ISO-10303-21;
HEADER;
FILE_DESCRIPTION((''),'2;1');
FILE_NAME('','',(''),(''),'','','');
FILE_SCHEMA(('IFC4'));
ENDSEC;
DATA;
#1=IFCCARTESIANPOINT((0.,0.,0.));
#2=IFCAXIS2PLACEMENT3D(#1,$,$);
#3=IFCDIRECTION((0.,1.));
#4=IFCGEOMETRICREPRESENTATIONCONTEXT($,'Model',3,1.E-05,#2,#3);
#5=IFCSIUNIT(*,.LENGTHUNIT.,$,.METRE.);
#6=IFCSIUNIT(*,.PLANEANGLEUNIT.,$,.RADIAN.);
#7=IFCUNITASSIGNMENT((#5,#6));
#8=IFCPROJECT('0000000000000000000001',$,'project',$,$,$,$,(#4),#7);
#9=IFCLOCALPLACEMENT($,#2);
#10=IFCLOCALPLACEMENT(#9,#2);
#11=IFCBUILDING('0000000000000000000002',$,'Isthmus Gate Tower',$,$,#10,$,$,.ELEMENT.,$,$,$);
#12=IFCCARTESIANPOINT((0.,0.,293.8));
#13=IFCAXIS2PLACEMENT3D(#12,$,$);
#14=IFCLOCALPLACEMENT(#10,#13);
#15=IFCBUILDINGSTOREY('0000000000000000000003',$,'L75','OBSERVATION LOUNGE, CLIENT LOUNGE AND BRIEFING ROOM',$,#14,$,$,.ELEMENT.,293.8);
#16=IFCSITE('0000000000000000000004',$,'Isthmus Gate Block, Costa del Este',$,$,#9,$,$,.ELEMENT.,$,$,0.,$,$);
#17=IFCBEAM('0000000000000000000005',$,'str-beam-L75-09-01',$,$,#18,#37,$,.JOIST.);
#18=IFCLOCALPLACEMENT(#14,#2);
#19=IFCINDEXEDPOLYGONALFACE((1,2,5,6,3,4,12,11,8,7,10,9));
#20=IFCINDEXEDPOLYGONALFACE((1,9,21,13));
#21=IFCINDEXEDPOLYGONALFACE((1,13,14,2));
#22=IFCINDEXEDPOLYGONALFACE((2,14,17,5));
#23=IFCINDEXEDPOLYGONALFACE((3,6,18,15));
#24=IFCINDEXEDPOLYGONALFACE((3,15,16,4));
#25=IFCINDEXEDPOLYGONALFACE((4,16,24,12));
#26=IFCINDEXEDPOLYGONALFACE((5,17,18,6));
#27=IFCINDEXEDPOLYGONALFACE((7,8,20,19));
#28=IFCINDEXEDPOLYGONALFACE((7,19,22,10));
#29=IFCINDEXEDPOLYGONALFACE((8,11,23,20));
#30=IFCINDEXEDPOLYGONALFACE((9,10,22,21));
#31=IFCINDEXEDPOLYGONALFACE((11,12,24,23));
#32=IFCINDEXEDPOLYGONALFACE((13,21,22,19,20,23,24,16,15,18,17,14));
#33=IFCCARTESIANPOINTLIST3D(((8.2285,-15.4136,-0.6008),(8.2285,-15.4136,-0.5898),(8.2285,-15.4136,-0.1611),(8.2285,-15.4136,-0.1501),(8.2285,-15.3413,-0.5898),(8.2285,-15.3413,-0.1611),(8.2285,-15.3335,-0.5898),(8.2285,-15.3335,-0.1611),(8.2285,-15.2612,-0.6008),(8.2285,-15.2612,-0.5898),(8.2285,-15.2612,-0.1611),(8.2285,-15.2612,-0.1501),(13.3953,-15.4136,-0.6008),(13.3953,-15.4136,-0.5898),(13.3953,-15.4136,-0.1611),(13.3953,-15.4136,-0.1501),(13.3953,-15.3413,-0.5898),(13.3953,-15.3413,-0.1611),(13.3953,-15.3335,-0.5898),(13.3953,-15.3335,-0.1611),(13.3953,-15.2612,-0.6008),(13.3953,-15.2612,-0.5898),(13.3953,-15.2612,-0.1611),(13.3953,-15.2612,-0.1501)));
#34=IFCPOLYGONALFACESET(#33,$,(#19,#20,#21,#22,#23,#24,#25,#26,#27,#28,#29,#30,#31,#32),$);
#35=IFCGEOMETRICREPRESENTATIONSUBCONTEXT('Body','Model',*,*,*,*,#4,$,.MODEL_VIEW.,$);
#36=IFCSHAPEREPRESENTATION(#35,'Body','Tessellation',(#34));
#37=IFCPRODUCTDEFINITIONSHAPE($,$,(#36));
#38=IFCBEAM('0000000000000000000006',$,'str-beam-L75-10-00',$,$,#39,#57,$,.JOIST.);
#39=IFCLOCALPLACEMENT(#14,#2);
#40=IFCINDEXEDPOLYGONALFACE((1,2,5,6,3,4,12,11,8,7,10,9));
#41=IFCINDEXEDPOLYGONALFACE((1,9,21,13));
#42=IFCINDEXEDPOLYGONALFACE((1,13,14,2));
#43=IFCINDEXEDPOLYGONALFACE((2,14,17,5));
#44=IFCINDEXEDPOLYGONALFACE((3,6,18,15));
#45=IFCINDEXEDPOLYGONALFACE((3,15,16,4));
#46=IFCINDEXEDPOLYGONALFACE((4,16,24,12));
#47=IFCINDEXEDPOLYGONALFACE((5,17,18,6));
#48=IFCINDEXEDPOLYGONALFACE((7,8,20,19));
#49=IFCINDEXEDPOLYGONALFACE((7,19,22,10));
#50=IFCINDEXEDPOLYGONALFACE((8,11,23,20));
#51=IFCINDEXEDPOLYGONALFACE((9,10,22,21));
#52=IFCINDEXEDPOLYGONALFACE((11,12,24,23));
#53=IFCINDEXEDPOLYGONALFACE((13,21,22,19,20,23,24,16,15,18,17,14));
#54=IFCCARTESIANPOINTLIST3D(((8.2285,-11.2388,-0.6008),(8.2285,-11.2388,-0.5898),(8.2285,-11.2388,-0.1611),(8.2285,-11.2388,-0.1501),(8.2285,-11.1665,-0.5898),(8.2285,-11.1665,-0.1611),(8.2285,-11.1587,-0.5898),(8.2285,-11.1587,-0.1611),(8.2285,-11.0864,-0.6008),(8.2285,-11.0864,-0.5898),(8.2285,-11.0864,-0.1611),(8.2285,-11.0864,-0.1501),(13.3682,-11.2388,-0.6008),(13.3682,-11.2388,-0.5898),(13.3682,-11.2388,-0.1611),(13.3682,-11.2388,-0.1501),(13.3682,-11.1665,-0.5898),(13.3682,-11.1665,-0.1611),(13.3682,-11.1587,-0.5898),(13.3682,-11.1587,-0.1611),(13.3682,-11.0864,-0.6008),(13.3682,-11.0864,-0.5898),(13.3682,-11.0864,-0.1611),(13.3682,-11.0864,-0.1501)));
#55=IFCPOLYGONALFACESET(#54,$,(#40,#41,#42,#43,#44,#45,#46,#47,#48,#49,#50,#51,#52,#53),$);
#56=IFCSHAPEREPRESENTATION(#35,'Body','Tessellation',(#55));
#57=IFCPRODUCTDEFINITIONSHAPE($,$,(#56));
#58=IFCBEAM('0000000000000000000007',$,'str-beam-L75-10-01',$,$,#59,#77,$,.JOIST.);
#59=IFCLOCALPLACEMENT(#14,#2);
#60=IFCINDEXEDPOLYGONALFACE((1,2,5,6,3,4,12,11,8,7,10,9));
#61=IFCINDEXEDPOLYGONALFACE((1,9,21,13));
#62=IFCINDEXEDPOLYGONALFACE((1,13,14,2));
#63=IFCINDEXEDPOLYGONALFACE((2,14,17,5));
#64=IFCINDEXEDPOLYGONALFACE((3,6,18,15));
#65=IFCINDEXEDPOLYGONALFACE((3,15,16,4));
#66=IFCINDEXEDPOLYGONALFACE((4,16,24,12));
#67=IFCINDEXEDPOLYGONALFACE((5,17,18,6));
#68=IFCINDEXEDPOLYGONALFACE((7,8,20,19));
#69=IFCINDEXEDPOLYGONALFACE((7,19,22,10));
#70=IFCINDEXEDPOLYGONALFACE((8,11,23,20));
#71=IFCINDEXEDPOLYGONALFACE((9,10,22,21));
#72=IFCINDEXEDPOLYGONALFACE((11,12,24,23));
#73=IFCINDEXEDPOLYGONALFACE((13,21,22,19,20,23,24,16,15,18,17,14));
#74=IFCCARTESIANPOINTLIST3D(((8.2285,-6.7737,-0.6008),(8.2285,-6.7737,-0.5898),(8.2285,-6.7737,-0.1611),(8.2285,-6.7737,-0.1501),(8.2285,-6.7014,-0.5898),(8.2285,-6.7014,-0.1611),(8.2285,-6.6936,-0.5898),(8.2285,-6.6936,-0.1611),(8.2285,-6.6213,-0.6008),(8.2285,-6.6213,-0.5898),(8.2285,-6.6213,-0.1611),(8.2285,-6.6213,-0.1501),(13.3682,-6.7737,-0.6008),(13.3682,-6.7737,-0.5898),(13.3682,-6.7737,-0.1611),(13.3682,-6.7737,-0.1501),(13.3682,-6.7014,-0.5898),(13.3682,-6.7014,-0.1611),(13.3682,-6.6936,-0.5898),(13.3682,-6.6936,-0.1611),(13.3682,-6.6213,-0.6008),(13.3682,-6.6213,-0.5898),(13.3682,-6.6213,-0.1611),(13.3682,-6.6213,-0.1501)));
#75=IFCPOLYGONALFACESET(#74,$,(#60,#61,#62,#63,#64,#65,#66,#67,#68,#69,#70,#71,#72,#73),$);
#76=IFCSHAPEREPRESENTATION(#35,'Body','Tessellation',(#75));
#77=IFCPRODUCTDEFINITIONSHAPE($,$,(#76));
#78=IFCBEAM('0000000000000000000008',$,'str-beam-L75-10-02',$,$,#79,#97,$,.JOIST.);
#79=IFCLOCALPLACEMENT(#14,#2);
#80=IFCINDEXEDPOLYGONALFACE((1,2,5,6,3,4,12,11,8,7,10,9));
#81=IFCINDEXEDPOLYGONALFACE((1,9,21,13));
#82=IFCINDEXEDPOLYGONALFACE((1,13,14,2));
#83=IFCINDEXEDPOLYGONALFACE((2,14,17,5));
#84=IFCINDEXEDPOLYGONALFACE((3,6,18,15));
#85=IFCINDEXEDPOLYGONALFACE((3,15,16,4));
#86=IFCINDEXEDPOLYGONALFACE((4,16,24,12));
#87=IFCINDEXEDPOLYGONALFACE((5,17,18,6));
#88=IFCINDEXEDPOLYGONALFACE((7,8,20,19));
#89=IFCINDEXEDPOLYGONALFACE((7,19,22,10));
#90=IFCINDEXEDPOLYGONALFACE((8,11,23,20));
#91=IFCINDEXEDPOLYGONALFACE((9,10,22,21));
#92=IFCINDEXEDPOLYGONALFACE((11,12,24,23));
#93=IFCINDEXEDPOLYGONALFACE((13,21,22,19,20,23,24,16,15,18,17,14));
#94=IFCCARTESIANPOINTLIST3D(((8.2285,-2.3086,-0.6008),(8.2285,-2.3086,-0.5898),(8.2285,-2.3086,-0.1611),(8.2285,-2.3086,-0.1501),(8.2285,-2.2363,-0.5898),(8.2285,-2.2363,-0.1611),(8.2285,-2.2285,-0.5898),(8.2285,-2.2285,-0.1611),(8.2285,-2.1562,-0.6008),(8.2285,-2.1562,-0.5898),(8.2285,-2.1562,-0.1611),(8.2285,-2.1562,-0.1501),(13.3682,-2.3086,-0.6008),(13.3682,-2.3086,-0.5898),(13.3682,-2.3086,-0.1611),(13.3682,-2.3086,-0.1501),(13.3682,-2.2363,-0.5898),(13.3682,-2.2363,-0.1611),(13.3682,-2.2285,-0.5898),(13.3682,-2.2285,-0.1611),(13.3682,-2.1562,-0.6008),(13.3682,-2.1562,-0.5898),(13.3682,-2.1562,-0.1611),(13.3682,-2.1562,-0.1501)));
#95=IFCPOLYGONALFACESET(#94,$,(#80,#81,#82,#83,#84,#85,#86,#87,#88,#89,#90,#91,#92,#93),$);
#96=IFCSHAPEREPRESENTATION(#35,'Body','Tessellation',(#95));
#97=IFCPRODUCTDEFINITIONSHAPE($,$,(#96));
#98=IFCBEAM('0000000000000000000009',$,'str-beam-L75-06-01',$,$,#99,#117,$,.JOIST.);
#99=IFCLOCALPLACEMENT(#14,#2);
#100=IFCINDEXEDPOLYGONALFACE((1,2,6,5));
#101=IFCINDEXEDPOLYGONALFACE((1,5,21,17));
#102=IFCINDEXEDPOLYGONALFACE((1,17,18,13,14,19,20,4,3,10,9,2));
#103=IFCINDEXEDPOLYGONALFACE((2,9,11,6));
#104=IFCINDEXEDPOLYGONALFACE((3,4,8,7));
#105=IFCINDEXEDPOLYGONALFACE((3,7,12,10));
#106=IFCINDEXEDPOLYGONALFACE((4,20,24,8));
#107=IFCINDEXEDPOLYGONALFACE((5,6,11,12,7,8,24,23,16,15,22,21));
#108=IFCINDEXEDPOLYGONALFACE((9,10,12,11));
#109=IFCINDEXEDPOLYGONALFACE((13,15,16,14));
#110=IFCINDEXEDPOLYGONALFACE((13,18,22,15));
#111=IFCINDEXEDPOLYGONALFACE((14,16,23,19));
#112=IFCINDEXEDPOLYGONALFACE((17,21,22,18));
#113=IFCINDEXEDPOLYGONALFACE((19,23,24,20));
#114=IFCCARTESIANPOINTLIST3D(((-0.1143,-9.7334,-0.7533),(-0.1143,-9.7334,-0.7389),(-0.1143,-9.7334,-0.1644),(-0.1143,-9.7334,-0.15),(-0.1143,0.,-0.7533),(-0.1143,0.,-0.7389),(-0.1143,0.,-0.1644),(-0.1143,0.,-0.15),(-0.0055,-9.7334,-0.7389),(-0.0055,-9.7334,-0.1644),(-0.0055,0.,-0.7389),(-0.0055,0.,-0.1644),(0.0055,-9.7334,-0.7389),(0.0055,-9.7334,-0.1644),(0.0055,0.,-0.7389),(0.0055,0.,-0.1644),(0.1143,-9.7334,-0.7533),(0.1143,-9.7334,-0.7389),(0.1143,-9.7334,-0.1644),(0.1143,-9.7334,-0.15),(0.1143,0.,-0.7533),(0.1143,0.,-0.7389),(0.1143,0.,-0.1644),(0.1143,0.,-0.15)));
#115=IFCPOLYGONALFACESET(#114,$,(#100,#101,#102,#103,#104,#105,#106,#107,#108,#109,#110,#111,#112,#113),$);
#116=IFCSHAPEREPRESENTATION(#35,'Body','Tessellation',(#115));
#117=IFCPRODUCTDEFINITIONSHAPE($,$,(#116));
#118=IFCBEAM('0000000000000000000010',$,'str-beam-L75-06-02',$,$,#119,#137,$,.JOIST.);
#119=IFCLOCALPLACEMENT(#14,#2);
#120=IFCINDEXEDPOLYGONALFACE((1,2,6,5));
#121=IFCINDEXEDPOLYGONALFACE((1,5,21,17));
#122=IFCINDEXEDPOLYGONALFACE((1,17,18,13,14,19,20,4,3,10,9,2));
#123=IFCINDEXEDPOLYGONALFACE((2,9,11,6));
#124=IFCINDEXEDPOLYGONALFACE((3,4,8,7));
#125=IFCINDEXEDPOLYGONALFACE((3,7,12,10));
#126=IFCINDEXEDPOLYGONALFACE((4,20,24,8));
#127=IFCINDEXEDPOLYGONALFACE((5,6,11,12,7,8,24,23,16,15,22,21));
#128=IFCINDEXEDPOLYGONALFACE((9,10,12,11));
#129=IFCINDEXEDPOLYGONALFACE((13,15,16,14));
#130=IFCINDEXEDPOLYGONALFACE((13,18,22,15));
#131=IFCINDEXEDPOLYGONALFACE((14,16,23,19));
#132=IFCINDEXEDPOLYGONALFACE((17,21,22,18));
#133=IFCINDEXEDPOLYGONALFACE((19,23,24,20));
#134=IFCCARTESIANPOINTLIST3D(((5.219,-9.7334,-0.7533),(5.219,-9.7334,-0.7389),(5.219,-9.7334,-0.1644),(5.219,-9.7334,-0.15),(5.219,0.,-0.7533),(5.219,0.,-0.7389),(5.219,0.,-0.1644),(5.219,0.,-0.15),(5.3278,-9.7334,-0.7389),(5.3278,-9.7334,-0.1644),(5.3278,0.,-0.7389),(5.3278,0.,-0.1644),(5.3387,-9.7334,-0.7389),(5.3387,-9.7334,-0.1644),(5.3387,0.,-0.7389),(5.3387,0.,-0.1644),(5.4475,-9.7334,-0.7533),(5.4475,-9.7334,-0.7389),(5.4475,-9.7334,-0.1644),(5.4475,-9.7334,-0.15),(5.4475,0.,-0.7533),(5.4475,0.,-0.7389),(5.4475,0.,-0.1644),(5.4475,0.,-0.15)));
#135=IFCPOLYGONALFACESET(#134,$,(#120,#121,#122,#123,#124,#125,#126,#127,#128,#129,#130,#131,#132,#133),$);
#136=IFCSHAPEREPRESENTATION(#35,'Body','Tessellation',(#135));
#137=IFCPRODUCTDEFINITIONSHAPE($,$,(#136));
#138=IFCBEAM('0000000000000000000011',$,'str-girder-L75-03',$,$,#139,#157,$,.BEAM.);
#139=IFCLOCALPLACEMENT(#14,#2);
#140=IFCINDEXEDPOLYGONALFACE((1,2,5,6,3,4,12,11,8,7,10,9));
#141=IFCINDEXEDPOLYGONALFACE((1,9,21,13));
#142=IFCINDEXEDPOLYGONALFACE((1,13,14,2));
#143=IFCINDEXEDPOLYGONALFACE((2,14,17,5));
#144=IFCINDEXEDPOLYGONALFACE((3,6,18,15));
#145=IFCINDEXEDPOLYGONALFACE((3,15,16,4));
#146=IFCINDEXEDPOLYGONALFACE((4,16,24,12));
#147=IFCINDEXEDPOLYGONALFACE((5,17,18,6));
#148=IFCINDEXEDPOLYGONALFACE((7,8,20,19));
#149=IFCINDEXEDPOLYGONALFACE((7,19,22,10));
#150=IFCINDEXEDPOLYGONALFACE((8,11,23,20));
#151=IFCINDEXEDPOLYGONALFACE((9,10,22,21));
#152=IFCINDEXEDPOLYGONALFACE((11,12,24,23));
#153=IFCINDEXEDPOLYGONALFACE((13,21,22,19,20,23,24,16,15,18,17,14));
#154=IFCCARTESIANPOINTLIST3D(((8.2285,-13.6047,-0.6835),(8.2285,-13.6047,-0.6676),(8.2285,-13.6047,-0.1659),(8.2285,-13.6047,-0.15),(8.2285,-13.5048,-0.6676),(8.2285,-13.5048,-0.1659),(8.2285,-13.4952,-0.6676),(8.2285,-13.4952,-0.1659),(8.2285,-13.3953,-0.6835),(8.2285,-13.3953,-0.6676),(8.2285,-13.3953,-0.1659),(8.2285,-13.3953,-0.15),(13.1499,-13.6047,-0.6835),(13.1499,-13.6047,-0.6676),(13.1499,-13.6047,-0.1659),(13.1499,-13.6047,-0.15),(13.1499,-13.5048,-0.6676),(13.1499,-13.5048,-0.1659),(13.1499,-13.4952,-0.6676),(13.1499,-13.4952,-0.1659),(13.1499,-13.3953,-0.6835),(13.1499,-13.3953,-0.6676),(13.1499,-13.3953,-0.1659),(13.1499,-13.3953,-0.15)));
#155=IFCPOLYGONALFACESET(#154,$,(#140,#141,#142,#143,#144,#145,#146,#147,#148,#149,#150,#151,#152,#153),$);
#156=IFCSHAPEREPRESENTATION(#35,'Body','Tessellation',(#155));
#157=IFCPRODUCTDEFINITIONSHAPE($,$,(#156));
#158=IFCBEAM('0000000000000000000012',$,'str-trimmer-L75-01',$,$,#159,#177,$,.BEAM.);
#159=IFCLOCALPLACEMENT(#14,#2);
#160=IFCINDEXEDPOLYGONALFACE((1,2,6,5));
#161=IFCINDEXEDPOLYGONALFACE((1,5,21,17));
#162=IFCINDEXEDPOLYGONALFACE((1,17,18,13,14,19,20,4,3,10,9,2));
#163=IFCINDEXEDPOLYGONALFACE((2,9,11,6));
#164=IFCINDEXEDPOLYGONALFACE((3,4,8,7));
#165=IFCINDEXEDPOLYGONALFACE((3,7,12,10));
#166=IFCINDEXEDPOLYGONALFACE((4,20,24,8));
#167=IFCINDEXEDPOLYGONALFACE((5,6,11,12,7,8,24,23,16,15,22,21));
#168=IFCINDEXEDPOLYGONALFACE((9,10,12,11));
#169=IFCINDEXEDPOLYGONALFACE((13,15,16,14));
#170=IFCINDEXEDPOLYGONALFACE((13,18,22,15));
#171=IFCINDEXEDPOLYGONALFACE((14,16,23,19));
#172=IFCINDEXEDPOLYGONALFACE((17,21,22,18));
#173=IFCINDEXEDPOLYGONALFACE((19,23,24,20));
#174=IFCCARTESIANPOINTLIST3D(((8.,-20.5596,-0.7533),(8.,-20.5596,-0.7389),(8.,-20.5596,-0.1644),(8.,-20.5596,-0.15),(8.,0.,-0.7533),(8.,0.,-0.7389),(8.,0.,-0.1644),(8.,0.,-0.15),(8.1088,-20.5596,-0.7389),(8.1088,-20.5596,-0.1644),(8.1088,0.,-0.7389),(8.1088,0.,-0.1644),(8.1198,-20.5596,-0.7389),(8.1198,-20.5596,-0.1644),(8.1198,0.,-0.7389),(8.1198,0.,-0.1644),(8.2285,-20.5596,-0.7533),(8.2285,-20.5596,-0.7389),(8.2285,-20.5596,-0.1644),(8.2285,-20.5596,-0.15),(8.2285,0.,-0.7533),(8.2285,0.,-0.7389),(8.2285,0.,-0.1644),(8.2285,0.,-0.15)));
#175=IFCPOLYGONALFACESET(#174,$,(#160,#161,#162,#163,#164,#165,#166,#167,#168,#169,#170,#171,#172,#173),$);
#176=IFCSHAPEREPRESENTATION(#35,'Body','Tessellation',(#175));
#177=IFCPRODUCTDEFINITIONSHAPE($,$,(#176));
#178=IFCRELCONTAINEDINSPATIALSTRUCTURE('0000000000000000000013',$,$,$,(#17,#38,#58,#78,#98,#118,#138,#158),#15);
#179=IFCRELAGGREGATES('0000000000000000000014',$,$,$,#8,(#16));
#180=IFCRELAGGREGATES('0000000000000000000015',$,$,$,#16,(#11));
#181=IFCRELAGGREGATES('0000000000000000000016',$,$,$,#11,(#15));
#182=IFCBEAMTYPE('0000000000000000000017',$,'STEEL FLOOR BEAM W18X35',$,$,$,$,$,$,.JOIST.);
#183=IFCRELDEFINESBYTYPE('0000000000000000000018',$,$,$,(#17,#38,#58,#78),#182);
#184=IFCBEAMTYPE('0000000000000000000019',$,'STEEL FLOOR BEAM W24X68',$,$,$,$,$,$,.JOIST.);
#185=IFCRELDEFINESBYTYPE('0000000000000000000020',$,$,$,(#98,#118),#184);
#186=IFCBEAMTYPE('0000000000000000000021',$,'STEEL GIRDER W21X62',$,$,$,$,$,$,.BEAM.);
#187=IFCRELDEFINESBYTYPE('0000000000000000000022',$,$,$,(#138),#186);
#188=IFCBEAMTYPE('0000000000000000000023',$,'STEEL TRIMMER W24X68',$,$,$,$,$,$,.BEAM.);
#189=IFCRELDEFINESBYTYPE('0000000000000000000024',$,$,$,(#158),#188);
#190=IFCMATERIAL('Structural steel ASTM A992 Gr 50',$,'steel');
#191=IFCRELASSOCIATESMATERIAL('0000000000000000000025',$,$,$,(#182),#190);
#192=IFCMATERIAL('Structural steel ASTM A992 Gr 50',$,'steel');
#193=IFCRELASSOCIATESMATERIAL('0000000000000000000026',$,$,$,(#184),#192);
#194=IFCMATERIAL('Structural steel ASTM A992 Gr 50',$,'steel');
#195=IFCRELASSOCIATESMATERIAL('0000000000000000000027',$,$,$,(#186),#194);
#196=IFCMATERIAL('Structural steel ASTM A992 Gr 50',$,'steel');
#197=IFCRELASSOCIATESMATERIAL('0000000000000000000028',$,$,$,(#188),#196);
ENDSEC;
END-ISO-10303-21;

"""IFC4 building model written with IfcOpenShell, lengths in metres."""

from ifc_helpers import new_model, si_unit, direction, frame, origin, origin_2d, place, context, subcontext, project, spatial, i_section, extrude, material, material_profile, profile_set, type_object, element, save


model = new_model("IFC4")

# Units and contexts
model_context = context("Model", 3, precision=1e-05, world=origin(), true_north=direction((0.0, 1.0)))
body_context = subcontext(model_context, "Body", "Model", "MODEL_VIEW")
ifc_project = project(units=[si_unit("LENGTHUNIT", "METRE"), si_unit("PLANEANGLEUNIT", "RADIAN")], contexts=[model_context])

# Site, building, storey
site_placement = place(None, origin())
site = spatial("IfcSite", under=ifc_project, at=site_placement, Name="Isthmus Gate Block, Costa del Este", CompositionType="ELEMENT", RefElevation=0.0)
building_placement = place(site_placement, origin())
building = spatial("IfcBuilding", under=site, at=building_placement, Name="Isthmus Gate Tower", CompositionType="ELEMENT")
storey_placement = place(building_placement, frame((0.0, 0.0, 293.8)))
storey = spatial("IfcBuildingStorey", under=building, at=storey_placement, Name="L75", Description="OBSERVATION LOUNGE, CLIENT LOUNGE AND BRIEFING ROOM", CompositionType="ELEMENT", Elevation=293.8)

# Beams
ifc_material_1 = material(Name="Structural steel ASTM A992 Gr 50", Category="steel")
ifc_material_profile_1 = material_profile(ifc_material_1, i_section(OverallWidth=0.1523, OverallDepth=0.4507, WebThickness=0.0078, FlangeThickness=0.011, at=origin_2d()), Name="W18X35")
ifc_profile_set_1 = profile_set([ifc_material_profile_1], Name="Structural steel ASTM A992 Gr 50")
beam_type_1 = type_object("IfcBeamType", Name="STEEL FLOOR BEAM W18X35", PredefinedType="JOIST", material=ifc_profile_set_1)
for number, where, z_axis, x_axis, name in (
    (1, (8.2285, -15.3374, -0.3755), (1.0, 0.0, 0.0), (0.0, 1.0, 0.0), "str-beam-L75-09-01"),
):
    element("IfcBeam", number, at=place(storey_placement, frame(where, z_axis=z_axis, x_axis=x_axis)), inside=storey, type_object=beam_type_1, Name=name, PredefinedType="JOIST", context=body_context, shape_type="SweptSolid", body=[
        extrude(i_section(OverallWidth=0.1523, OverallDepth=0.4507, WebThickness=0.0078, FlangeThickness=0.011, at=origin_2d()), origin(), (0.0, 0.0, 1.0), 5.1667),
    ])
for number, where, z_axis, x_axis, name in (
    (2, (8.2285, -11.1626, -0.3755), (1.0, 0.0, 0.0), (0.0, 1.0, 0.0), "str-beam-L75-10-00"),
    (3, (8.2285, -6.6975, -0.3755), (1.0, 0.0, 0.0), (0.0, 1.0, 0.0), "str-beam-L75-10-01"),
    (4, (8.2285, -2.2324, -0.3755), (1.0, 0.0, 0.0), (0.0, 1.0, 0.0), "str-beam-L75-10-02"),
):
    element("IfcBeam", number, at=place(storey_placement, frame(where, z_axis=z_axis, x_axis=x_axis)), inside=storey, type_object=beam_type_1, Name=name, PredefinedType="JOIST", context=body_context, shape_type="SweptSolid", body=[
        extrude(i_section(OverallWidth=0.1523, OverallDepth=0.4507, WebThickness=0.0078, FlangeThickness=0.011, at=origin_2d()), origin(), (0.0, 0.0, 1.0), 5.1396),
    ])
ifc_material_2 = material(Name="Structural steel ASTM A992 Gr 50", Category="steel")
ifc_material_profile_2 = material_profile(ifc_material_2, i_section(OverallWidth=0.2285, OverallDepth=0.6033, WebThickness=0.011, FlangeThickness=0.0144, at=origin_2d()), Name="W24X68")
ifc_profile_set_2 = profile_set([ifc_material_profile_2], Name="Structural steel ASTM A992 Gr 50")
beam_type_2 = type_object("IfcBeamType", Name="STEEL FLOOR BEAM W24X68", PredefinedType="JOIST", material=ifc_profile_set_2)
for number, where, z_axis, x_axis, name in (
    (5, (0.0, -9.7334, -0.4517), (0.0, 1.0, 0.0), (-1.0, 0.0, 0.0), "str-beam-L75-06-01"),
    (6, (5.3333, -9.7334, -0.4517), (0.0, 1.0, 0.0), (-1.0, 0.0, 0.0), "str-beam-L75-06-02"),
):
    element("IfcBeam", number, at=place(storey_placement, frame(where, z_axis=z_axis, x_axis=x_axis)), inside=storey, type_object=beam_type_2, Name=name, PredefinedType="JOIST", context=body_context, shape_type="SweptSolid", body=[
        extrude(i_section(OverallWidth=0.2285, OverallDepth=0.6033, WebThickness=0.011, FlangeThickness=0.0144, at=origin_2d()), origin(), (0.0, 0.0, 1.0), 9.7334),
    ])
ifc_material_3 = material(Name="Structural steel ASTM A992 Gr 50", Category="steel")
ifc_material_profile_3 = material_profile(ifc_material_3, i_section(OverallWidth=0.2095, OverallDepth=0.5334, WebThickness=0.0095, FlangeThickness=0.0159, at=origin_2d()), Name="W21X62")
ifc_profile_set_3 = profile_set([ifc_material_profile_3], Name="Structural steel ASTM A992 Gr 50")
beam_type_3 = type_object("IfcBeamType", Name="STEEL GIRDER W21X62", PredefinedType="BEAM", material=ifc_profile_set_3)
beam_1_placement = place(storey_placement, frame((8.2285, -13.5, -0.4167), z_axis=(1.0, 0.0, 0.0), x_axis=(0.0, 1.0, 0.0)))
element("IfcBeam", 7, at=beam_1_placement, inside=storey, type_object=beam_type_3, Name="str-girder-L75-03", PredefinedType="BEAM", context=body_context, shape_type="SweptSolid", body=[
    extrude(i_section(OverallWidth=0.2095, OverallDepth=0.5334, WebThickness=0.0095, FlangeThickness=0.0159, at=origin_2d()), origin(), (0.0, 0.0, 1.0), 4.9214),
])
ifc_material_4 = material(Name="Structural steel ASTM A992 Gr 50", Category="steel")
ifc_material_profile_4 = material_profile(ifc_material_4, i_section(OverallWidth=0.2285, OverallDepth=0.6033, WebThickness=0.011, FlangeThickness=0.0144, at=origin_2d()), Name="W24X68")
ifc_profile_set_4 = profile_set([ifc_material_profile_4], Name="Structural steel ASTM A992 Gr 50")
beam_type_4 = type_object("IfcBeamType", Name="STEEL TRIMMER W24X68", PredefinedType="BEAM", material=ifc_profile_set_4)
beam_2_placement = place(storey_placement, frame((8.1143, -20.5596, -0.4517), z_axis=(0.0, 1.0, 0.0), x_axis=(-1.0, 0.0, 0.0)))
element("IfcBeam", 8, at=beam_2_placement, inside=storey, type_object=beam_type_4, Name="str-trimmer-L75-01", PredefinedType="BEAM", context=body_context, shape_type="SweptSolid", body=[
    extrude(i_section(OverallWidth=0.2285, OverallDepth=0.6033, WebThickness=0.011, FlangeThickness=0.0144, at=origin_2d()), origin(), (0.0, 0.0, 1.0), 20.5596),
])

save(model, "model.ifc")
